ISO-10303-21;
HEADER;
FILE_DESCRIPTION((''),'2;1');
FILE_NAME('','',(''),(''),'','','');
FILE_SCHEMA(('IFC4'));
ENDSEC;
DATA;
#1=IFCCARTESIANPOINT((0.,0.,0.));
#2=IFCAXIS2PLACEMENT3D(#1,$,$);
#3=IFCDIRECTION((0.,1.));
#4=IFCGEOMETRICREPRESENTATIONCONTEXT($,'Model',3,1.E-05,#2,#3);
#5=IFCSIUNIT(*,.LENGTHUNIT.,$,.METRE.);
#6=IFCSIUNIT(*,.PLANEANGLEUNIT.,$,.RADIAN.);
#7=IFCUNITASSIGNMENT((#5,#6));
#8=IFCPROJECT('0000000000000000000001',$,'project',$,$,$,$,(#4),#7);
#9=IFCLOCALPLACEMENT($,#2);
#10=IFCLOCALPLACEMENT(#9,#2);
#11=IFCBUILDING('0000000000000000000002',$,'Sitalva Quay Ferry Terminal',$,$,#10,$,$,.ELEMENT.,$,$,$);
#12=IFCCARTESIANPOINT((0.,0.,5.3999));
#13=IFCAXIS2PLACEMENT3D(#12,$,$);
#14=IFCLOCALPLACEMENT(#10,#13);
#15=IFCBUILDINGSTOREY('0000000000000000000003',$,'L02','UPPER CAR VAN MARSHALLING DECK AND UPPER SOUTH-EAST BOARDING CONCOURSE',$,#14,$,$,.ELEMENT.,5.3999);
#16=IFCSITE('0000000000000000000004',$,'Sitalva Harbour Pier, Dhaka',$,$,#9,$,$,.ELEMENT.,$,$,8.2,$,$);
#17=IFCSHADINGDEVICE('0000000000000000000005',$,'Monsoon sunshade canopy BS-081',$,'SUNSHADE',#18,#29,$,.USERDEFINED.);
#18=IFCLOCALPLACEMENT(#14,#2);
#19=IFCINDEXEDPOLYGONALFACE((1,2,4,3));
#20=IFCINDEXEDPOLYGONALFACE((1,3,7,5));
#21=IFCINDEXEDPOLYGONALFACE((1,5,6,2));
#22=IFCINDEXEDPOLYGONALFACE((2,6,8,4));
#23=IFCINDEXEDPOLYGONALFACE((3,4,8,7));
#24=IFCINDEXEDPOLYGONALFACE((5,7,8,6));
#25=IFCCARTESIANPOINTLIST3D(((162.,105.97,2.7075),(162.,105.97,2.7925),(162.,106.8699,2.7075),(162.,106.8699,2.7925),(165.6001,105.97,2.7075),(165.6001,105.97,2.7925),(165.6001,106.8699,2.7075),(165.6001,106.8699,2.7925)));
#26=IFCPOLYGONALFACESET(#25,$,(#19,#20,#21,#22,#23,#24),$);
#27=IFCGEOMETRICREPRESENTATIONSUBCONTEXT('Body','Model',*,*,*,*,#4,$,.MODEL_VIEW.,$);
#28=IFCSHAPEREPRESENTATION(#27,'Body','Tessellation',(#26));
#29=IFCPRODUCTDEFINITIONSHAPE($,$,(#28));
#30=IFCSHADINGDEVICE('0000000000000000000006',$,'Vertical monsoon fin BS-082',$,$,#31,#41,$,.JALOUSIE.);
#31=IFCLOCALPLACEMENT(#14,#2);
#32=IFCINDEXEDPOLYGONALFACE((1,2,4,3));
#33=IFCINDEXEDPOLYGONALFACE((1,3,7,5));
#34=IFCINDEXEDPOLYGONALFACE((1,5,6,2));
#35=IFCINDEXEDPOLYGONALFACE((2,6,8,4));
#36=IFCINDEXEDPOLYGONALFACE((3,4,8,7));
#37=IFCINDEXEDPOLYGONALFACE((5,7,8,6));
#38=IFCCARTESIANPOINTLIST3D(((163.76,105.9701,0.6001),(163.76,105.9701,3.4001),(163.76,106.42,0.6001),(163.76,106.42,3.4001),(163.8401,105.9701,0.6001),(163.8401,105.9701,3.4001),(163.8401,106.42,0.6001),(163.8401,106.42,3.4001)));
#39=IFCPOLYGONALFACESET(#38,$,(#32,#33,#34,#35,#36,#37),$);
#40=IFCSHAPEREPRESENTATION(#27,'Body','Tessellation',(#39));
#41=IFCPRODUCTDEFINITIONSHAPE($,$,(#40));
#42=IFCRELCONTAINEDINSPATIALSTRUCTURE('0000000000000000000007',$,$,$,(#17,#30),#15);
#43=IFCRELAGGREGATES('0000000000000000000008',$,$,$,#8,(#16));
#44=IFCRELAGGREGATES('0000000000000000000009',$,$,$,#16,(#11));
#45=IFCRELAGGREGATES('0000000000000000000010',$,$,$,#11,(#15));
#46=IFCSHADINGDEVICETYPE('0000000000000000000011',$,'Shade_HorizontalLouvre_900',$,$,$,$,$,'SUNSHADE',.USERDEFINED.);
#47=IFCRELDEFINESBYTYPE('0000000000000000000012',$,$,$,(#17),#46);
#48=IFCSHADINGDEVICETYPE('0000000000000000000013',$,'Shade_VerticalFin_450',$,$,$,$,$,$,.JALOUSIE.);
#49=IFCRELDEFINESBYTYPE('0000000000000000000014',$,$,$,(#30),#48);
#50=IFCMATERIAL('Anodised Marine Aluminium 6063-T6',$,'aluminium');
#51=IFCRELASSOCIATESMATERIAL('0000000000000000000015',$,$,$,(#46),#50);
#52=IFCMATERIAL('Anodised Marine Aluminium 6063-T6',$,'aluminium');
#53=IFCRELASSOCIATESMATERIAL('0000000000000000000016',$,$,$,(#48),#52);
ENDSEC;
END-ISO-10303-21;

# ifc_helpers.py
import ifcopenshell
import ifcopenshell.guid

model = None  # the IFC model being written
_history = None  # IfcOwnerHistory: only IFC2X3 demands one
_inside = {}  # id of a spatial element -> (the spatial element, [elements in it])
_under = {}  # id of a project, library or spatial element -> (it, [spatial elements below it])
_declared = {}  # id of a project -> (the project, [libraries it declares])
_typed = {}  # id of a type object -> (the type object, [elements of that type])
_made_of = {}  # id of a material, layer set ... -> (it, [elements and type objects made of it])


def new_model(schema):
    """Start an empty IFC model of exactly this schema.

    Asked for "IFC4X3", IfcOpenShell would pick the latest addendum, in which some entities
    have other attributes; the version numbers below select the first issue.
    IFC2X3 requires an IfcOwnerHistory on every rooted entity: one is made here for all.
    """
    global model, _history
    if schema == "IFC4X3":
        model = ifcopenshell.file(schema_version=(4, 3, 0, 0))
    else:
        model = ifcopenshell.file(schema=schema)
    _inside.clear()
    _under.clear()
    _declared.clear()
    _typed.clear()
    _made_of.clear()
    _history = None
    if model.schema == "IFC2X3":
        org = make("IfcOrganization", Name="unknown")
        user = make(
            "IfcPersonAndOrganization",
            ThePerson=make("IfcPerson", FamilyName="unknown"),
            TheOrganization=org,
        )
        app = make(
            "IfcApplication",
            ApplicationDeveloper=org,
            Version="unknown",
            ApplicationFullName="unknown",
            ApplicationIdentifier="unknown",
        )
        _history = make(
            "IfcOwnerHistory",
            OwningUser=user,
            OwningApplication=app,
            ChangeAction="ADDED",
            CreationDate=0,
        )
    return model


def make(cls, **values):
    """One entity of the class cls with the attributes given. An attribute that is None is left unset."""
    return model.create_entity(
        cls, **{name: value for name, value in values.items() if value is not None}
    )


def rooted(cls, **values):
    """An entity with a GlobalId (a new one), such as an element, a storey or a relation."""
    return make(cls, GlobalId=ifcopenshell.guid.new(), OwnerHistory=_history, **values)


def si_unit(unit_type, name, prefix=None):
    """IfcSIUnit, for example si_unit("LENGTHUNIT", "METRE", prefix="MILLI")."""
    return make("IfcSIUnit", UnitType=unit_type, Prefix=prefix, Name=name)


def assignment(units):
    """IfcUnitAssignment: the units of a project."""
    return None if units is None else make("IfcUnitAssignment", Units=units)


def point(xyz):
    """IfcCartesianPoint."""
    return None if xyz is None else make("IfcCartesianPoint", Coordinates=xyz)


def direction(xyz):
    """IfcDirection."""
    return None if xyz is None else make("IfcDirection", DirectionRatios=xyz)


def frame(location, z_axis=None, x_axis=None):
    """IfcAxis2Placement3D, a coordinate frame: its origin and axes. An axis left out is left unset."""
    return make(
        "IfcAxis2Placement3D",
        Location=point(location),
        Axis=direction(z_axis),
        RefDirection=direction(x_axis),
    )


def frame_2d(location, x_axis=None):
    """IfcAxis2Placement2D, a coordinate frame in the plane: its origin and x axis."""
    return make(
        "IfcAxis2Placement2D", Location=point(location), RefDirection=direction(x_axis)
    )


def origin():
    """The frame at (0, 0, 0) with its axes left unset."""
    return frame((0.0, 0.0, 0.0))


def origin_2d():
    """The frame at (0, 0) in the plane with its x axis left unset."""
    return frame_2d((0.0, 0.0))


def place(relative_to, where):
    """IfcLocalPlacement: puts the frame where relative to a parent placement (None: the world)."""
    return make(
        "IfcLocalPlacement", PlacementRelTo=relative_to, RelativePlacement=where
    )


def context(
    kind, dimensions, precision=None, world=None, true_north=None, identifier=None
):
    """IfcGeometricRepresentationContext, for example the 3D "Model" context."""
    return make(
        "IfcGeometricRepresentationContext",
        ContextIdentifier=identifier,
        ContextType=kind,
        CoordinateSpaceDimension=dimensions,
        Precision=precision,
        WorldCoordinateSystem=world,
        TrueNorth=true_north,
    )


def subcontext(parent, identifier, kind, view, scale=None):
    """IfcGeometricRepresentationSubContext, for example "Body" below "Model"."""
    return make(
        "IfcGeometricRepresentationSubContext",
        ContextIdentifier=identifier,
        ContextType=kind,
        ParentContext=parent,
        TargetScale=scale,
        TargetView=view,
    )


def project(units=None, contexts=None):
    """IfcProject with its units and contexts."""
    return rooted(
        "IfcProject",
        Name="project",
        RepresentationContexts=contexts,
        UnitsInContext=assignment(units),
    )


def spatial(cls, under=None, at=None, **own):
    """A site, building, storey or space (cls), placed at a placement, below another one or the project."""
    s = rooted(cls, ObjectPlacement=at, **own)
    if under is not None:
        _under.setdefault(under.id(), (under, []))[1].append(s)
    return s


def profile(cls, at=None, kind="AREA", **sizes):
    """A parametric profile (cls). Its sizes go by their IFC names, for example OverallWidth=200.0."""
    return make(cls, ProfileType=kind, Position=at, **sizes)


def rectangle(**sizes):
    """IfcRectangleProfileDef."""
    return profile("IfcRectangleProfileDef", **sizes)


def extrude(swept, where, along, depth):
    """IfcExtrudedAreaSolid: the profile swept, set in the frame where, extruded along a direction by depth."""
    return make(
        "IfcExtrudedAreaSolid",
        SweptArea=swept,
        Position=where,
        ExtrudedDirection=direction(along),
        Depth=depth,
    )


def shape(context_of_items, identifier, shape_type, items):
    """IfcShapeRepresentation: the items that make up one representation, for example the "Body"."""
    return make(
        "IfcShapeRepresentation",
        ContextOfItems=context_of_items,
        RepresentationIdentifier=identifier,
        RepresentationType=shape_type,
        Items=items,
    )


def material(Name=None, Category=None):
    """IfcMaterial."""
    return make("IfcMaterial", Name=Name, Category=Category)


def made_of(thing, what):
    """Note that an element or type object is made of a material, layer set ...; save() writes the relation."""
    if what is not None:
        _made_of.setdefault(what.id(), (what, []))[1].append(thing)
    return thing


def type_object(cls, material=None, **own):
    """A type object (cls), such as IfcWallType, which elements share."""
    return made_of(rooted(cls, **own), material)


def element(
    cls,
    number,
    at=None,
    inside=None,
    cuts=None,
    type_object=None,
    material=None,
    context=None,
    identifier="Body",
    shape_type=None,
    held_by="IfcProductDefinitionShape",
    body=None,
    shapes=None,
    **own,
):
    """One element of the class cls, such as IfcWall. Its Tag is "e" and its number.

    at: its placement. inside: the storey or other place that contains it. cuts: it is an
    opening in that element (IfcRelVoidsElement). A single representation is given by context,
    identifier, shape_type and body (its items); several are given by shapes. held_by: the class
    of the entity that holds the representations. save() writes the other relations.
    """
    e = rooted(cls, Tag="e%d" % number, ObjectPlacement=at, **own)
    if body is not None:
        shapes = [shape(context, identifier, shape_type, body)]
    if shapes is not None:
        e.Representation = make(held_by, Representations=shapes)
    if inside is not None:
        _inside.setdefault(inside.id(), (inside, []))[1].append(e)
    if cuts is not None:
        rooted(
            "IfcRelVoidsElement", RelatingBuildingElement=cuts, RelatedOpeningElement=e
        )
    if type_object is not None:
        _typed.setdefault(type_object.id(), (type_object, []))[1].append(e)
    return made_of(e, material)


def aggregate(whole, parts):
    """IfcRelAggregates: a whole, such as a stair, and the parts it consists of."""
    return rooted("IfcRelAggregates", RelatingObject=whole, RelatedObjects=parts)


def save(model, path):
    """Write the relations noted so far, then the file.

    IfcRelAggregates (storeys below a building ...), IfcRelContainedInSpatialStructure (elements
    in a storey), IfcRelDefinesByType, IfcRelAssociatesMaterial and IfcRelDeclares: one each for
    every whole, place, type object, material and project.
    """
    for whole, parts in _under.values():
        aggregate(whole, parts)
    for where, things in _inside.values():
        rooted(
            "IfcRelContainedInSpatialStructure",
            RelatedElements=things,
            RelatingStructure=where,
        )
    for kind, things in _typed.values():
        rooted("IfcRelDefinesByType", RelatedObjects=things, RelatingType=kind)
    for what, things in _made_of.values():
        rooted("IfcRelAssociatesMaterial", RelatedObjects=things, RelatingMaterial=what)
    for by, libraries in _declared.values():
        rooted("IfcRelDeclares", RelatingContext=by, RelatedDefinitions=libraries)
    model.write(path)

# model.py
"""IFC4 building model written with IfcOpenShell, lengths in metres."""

from ifc_helpers import new_model, si_unit, direction, frame, origin, origin_2d, place, context, subcontext, project, spatial, rectangle, extrude, material, type_object, element, save


model = new_model("IFC4")

# Units and contexts
model_context = context("Model", 3, precision=1e-05, world=origin(), true_north=direction((0.0, 1.0)))
body_context = subcontext(model_context, "Body", "Model", "MODEL_VIEW")
ifc_project = project(units=[si_unit("LENGTHUNIT", "METRE"), si_unit("PLANEANGLEUNIT", "RADIAN")], contexts=[model_context])

# Site, building, storey
site_placement = place(None, origin())
site = spatial("IfcSite", under=ifc_project, at=site_placement, Name="Sitalva Harbour Pier, Dhaka", CompositionType="ELEMENT", RefElevation=8.2)
building_placement = place(site_placement, origin())
building = spatial("IfcBuilding", under=site, at=building_placement, Name="Sitalva Quay Ferry Terminal", CompositionType="ELEMENT")
storey_placement = place(building_placement, frame((0.0, 0.0, 5.3999)))
storey = spatial("IfcBuildingStorey", under=building, at=storey_placement, Name="L02", Description="UPPER CAR VAN MARSHALLING DECK AND UPPER SOUTH-EAST BOARDING CONCOURSE", CompositionType="ELEMENT", Elevation=5.3999)

# Shading devices
ifc_material_1 = material(Name="Anodised Marine Aluminium 6063-T6", Category="aluminium")
shading_device_type_1 = type_object("IfcShadingDeviceType", Name="Shade_HorizontalLouvre_900", ElementType="SUNSHADE", PredefinedType="USERDEFINED", material=ifc_material_1)
for number, where, z_axis, x_axis, name in (
    (1, (163.8, 106.4199, 2.7075), (0.0, 0.0, 1.0), (1.0, 0.0, 0.0), "Monsoon sunshade canopy BS-081"),
):
    element("IfcShadingDevice", number, at=place(storey_placement, frame(where, z_axis=z_axis, x_axis=x_axis)), inside=storey, type_object=shading_device_type_1, Name=name, ObjectType="SUNSHADE", PredefinedType="USERDEFINED", context=body_context, shape_type="SweptSolid", body=[
        extrude(rectangle(XDim=3.6001, YDim=0.8999, at=origin_2d()), origin(), (0.0, 0.0, 1.0), 0.085),
    ])
ifc_material_2 = material(Name="Anodised Marine Aluminium 6063-T6", Category="aluminium")
shading_device_type_2 = type_object("IfcShadingDeviceType", Name="Shade_VerticalFin_450", PredefinedType="JALOUSIE", material=ifc_material_2)
shading_device_1_placement = place(storey_placement, frame((163.8, 106.1951, 0.6001), z_axis=(0.0, 0.0, 1.0), x_axis=(1.0, 0.0, 0.0)))
element("IfcShadingDevice", 2, at=shading_device_1_placement, inside=storey, type_object=shading_device_type_2, Name="Vertical monsoon fin BS-082", PredefinedType="JALOUSIE", context=body_context, shape_type="SweptSolid", body=[
    extrude(rectangle(XDim=0.0801, YDim=0.45, at=origin_2d()), origin(), (0.0, 0.0, 1.0), 2.8),
])

save(model, "model.ifc")
